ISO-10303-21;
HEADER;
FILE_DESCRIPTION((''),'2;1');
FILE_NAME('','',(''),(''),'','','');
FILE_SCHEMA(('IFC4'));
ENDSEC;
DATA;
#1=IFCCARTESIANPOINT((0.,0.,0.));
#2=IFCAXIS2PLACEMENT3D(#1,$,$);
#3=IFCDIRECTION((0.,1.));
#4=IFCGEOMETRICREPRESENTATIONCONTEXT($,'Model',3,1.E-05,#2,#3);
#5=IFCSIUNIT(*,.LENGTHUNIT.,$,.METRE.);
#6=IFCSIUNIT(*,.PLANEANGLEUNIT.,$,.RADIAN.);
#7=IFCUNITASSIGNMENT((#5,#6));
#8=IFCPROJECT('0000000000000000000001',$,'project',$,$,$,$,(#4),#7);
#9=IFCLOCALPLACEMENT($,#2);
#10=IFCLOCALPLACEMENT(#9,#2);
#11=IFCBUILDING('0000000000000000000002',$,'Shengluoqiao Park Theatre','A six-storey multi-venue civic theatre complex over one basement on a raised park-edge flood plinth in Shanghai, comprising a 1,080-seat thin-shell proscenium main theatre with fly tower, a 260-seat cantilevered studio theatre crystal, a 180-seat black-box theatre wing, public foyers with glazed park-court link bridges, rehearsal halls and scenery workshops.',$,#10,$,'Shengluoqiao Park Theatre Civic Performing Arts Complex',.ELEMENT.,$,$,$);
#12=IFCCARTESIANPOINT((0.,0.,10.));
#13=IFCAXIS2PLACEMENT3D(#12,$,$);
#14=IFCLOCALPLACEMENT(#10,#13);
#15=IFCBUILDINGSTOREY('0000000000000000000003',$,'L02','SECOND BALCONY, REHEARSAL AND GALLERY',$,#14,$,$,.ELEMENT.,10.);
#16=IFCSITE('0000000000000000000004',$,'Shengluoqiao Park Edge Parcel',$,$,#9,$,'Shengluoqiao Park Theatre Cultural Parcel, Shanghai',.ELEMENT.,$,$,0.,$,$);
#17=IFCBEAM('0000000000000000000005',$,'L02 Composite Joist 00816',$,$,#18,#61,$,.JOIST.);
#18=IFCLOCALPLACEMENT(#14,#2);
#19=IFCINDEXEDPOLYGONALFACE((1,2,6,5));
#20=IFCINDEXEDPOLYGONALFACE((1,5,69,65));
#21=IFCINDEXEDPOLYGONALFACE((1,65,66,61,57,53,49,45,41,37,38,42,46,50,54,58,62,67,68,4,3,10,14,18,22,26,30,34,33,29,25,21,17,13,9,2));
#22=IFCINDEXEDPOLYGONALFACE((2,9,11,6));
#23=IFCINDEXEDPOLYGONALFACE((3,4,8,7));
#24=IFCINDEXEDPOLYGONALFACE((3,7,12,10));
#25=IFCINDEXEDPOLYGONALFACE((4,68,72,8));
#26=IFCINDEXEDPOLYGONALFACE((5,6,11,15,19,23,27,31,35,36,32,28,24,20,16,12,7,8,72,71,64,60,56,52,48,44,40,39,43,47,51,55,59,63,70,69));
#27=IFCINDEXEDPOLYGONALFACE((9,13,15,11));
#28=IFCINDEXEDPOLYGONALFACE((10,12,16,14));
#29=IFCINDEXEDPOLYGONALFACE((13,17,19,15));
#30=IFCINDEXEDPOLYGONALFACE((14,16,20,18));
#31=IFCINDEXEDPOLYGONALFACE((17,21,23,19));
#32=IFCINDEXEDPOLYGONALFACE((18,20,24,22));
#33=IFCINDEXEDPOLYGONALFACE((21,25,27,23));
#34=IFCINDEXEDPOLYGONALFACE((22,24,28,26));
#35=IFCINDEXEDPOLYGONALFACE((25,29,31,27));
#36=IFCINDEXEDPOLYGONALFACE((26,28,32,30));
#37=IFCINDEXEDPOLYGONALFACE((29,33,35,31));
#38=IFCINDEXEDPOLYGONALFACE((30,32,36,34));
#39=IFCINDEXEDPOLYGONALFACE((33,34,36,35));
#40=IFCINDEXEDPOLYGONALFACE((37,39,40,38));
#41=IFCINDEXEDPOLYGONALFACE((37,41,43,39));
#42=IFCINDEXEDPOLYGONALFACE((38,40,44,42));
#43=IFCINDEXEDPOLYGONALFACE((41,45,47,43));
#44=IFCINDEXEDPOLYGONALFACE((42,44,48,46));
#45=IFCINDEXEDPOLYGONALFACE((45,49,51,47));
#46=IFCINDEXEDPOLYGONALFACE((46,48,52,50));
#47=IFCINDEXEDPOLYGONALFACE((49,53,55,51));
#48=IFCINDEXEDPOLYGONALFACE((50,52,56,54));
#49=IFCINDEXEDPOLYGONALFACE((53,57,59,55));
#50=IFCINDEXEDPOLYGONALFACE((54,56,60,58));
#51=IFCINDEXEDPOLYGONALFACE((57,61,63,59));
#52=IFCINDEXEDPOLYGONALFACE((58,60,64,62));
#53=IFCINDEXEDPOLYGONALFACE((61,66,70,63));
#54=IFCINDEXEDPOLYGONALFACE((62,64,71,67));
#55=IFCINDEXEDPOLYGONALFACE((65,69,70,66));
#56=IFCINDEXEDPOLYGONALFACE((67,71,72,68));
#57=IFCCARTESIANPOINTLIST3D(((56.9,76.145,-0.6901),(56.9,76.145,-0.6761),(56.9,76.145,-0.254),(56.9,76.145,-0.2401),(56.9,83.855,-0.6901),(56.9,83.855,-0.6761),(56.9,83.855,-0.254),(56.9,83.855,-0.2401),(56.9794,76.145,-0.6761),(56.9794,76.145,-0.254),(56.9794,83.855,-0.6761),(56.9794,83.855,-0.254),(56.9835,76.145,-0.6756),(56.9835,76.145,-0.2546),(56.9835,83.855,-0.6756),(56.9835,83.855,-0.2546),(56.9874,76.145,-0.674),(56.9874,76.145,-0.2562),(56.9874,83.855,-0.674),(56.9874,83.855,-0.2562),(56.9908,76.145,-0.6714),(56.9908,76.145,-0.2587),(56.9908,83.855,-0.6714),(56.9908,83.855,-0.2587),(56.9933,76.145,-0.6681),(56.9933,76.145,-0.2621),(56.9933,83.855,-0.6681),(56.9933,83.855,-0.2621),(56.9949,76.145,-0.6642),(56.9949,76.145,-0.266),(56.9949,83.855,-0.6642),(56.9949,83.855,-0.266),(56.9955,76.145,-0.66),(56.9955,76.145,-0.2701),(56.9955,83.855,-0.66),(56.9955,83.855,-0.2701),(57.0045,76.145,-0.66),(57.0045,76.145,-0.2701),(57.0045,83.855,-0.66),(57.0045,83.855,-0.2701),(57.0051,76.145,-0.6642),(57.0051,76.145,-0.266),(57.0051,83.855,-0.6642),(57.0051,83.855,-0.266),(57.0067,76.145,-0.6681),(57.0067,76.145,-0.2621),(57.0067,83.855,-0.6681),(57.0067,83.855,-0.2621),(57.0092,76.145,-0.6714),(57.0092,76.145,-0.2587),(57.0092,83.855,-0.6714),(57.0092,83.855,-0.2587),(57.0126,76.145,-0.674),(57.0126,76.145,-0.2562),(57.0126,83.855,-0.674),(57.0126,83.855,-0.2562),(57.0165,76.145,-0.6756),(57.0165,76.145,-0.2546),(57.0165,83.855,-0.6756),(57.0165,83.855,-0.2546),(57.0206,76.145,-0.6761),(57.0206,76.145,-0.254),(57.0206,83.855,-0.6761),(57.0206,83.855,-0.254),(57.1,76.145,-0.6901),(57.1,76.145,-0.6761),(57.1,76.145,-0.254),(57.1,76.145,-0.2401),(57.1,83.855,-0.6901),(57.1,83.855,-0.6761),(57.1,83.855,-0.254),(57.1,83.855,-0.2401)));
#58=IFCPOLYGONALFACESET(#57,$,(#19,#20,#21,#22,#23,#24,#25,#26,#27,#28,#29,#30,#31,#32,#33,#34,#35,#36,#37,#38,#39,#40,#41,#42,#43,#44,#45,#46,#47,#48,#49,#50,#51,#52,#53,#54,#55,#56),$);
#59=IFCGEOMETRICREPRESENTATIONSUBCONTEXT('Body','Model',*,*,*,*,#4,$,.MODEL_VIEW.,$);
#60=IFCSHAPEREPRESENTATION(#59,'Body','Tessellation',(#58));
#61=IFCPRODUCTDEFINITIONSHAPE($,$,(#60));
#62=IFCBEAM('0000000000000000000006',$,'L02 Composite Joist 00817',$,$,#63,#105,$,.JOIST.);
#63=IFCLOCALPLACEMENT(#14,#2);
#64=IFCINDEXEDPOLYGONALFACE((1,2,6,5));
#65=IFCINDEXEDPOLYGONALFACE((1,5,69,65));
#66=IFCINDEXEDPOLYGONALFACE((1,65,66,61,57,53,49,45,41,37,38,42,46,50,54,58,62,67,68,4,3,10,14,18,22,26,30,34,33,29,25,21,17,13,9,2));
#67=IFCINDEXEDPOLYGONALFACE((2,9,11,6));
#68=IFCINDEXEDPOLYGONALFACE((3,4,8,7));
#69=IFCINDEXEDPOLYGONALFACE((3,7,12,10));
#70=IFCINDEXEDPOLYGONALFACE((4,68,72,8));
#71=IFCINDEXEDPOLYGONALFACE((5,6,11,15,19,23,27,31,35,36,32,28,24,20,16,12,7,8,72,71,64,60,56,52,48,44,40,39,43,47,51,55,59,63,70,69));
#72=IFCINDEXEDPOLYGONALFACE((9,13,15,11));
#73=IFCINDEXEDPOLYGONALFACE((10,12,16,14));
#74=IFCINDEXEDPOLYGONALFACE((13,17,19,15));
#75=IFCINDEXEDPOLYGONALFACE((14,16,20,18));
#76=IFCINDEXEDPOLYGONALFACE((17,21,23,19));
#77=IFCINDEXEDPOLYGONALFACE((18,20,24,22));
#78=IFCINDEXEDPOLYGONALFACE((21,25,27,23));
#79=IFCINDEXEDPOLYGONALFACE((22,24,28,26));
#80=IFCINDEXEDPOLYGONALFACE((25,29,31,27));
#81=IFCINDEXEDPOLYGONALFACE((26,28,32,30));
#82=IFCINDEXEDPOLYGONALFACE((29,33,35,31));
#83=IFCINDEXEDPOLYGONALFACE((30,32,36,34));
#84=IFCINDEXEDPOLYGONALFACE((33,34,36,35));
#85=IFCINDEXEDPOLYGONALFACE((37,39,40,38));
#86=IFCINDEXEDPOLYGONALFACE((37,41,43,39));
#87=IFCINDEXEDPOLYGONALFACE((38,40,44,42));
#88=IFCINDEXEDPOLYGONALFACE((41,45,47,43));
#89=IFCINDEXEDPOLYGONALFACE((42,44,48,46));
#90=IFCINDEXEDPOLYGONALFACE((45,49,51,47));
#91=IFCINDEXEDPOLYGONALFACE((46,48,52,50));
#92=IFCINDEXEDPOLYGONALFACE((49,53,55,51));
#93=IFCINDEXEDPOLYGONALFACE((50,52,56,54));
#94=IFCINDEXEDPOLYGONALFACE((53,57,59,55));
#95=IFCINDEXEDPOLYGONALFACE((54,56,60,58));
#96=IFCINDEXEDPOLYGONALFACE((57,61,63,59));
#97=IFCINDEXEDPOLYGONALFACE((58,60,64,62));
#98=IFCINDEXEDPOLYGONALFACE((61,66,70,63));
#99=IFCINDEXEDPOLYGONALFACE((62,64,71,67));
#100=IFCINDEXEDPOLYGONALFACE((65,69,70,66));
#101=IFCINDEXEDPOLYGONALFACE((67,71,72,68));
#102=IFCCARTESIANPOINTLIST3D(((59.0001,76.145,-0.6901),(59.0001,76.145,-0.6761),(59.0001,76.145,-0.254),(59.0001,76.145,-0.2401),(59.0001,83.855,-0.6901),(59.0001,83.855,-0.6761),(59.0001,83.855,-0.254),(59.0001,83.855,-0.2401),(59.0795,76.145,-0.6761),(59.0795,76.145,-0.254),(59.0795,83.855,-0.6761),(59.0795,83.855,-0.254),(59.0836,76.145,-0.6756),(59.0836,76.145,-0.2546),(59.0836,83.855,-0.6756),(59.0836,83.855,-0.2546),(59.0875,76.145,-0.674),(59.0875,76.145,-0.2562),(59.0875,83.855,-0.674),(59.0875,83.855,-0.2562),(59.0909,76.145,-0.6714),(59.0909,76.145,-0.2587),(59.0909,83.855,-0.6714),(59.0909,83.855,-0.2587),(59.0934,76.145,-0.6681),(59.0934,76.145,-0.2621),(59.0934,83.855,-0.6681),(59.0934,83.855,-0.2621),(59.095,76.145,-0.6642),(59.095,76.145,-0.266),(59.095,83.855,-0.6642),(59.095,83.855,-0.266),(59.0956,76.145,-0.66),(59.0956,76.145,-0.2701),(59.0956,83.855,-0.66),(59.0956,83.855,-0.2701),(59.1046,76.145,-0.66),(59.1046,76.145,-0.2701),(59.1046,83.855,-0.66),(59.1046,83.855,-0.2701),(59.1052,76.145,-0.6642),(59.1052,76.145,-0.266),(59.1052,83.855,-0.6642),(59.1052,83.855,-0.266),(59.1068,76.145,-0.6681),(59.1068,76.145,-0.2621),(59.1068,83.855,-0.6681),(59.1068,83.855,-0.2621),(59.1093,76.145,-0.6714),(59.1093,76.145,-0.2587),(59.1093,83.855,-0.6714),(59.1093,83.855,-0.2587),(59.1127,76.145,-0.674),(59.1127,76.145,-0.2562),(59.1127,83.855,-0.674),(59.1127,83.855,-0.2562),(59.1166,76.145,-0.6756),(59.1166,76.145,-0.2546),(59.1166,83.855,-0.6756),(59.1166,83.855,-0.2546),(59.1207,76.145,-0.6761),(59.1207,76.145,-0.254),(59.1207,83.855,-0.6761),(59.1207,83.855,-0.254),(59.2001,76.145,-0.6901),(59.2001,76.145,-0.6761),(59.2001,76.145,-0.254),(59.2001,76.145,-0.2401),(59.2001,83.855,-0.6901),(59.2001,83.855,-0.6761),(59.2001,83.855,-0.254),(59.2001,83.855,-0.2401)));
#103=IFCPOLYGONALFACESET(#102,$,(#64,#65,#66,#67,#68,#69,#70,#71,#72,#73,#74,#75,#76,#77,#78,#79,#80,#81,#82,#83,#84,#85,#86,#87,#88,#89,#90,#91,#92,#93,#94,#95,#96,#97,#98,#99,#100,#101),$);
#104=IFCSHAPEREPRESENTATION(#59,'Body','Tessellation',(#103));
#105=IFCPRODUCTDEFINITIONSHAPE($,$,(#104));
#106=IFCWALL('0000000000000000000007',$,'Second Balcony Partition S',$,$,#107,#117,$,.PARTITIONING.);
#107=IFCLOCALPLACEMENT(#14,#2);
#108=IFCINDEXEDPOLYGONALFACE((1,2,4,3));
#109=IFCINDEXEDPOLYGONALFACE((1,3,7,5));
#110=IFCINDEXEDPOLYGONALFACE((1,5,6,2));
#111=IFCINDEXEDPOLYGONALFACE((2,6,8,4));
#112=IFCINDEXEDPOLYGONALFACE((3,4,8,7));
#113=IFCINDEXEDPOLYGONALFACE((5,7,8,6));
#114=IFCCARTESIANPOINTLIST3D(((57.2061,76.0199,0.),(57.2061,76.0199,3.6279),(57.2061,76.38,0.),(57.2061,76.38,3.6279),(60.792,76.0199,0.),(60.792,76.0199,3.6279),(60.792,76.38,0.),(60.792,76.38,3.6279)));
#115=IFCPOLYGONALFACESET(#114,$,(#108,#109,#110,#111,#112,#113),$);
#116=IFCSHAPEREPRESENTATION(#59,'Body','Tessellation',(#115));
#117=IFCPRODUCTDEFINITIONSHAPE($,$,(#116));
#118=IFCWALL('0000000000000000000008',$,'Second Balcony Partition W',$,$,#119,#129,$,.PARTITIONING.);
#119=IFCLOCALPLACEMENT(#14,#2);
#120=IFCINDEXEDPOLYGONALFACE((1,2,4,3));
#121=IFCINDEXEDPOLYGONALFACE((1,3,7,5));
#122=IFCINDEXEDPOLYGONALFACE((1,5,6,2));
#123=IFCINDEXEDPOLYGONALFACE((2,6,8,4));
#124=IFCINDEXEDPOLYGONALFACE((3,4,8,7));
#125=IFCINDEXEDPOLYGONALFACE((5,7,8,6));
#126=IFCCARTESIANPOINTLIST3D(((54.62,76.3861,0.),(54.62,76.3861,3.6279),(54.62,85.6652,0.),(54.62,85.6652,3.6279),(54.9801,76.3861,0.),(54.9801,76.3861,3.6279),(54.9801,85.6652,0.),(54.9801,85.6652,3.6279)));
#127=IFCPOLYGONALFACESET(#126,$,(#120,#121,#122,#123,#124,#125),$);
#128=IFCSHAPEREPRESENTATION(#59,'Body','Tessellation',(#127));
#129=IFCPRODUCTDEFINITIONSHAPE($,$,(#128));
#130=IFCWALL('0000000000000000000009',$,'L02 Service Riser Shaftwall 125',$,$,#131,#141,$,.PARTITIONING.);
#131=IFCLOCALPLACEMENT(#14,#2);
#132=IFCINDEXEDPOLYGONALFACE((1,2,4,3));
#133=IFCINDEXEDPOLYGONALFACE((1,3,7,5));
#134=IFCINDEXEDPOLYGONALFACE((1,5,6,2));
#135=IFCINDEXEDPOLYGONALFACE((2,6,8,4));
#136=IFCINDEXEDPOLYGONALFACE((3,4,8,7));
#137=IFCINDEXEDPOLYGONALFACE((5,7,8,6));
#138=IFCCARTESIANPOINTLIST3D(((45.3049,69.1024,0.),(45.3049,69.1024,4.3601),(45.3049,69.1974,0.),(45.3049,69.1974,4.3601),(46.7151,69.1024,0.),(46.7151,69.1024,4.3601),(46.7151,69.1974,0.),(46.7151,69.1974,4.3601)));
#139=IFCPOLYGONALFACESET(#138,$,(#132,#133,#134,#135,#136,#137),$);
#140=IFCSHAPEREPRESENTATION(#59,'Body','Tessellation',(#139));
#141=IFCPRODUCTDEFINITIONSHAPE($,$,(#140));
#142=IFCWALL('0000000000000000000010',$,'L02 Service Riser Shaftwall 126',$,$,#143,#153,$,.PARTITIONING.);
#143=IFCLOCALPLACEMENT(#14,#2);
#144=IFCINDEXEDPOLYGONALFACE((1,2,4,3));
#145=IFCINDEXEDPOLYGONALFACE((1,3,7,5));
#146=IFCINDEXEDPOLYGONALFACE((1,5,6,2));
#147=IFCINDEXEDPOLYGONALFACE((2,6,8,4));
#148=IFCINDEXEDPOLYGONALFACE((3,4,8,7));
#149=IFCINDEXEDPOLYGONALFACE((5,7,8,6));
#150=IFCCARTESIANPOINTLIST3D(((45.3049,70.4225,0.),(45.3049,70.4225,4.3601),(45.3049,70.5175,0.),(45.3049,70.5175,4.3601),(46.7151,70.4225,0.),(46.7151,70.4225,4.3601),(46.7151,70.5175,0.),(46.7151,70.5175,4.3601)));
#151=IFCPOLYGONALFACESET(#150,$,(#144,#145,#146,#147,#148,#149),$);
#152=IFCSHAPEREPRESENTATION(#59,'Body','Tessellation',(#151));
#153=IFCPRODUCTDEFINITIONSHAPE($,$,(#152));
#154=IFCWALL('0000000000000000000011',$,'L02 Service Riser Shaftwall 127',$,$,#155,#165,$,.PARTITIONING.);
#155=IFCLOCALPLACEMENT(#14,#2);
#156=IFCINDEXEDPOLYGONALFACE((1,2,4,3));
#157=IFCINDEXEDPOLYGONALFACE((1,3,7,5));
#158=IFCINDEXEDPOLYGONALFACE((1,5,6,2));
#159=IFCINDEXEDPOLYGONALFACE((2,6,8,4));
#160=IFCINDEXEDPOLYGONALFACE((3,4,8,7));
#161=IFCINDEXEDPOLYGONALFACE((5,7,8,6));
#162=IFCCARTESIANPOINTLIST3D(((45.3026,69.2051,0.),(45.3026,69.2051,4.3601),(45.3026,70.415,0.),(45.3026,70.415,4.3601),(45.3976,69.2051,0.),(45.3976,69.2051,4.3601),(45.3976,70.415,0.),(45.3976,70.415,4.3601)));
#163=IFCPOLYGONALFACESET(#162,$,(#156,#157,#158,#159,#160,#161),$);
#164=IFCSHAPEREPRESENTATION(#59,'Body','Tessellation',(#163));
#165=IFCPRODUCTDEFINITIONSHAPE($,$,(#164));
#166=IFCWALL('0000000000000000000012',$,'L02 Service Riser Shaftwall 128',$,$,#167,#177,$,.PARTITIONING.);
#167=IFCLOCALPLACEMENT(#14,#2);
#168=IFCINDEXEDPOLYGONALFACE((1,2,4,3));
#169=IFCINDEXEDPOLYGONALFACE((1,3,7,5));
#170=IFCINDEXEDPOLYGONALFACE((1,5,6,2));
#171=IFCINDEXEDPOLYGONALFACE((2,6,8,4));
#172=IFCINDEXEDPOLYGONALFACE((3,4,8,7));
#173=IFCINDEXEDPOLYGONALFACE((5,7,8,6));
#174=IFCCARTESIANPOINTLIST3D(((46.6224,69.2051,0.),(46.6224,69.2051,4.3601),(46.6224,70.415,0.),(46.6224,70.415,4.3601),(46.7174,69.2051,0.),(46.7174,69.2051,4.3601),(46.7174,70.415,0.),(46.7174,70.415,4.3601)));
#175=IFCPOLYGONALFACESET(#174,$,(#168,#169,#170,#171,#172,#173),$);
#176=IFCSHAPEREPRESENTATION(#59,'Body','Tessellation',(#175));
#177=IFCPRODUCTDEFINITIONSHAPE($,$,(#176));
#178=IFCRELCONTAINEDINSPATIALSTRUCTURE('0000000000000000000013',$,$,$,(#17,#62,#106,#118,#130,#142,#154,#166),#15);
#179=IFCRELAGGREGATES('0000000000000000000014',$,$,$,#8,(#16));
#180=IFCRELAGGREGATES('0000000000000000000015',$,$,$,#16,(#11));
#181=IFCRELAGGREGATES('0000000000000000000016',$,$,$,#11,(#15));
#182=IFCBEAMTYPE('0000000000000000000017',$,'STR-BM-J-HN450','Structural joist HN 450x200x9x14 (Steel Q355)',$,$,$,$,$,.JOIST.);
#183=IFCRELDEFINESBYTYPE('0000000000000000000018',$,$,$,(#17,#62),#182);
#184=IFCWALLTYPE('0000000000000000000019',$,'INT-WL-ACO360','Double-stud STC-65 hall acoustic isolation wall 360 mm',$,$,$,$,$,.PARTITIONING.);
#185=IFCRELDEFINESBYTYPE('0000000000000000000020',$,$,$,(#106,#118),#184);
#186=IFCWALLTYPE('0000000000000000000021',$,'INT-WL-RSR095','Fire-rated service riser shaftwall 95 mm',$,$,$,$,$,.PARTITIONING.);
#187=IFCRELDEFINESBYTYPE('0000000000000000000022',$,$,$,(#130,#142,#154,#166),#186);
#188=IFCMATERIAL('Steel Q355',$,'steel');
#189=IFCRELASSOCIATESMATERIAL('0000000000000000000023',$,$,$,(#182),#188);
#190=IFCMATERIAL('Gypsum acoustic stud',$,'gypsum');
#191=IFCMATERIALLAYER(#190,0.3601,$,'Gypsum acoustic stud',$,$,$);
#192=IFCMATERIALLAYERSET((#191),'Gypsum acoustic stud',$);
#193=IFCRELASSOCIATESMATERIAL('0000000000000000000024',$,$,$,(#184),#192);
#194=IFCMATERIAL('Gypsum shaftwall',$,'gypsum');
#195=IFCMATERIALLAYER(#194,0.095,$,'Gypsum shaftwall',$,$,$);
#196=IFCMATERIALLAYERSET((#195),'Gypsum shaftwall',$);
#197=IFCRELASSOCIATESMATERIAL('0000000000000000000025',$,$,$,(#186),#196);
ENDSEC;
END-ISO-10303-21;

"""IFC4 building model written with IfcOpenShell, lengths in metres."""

from ifc_helpers import new_model, si_unit, direction, frame, frame_2d, origin, origin_2d, place, context, subcontext, project, spatial, rectangle, i_section, extrude, material, layer, layer_set, material_profile, profile_set, type_object, element, save


model = new_model("IFC4")

# Units and contexts
model_context = context("Model", 3, precision=1e-05, world=origin(), true_north=direction((0.0, 1.0)))
body_context = subcontext(model_context, "Body", "Model", "MODEL_VIEW")
ifc_project = project(units=[si_unit("LENGTHUNIT", "METRE"), si_unit("PLANEANGLEUNIT", "RADIAN")], contexts=[model_context])

# Site, building, storey
site_placement = place(None, origin())
site = spatial("IfcSite", under=ifc_project, at=site_placement, Name="Shengluoqiao Park Edge Parcel", LongName="Shengluoqiao Park Theatre Cultural Parcel, Shanghai", CompositionType="ELEMENT", RefElevation=0.0)
building_placement = place(site_placement, origin())
building = spatial("IfcBuilding", under=site, at=building_placement, Name="Shengluoqiao Park Theatre", Description="A six-storey multi-venue civic theatre complex over one basement on a raised park-edge flood plinth in Shanghai, comprising a 1,080-seat thin-shell proscenium main theatre with fly tower, a 260-seat cantilevered studio theatre crystal, a 180-seat black-box theatre wing, public foyers with glazed park-court link bridges, rehearsal halls and scenery workshops.", LongName="Shengluoqiao Park Theatre Civic Performing Arts Complex", CompositionType="ELEMENT")
storey_placement = place(building_placement, frame((0.0, 0.0, 10.0)))
storey = spatial("IfcBuildingStorey", under=building, at=storey_placement, Name="L02", Description="SECOND BALCONY, REHEARSAL AND GALLERY", CompositionType="ELEMENT", Elevation=10.0)

# Beams
ifc_material_1 = material(Name="Steel Q355", Category="steel")
ifc_material_profile_1 = material_profile(ifc_material_1, i_section(OverallWidth=0.2, OverallDepth=0.45, WebThickness=0.009, FlangeThickness=0.0139, FilletRadius=0.0161, at=origin_2d()), Name="HN 450x200x9x14")
ifc_profile_set_1 = profile_set([ifc_material_profile_1], Name="Steel Q355")
beam_type_1 = type_object("IfcBeamType", Name="STR-BM-J-HN450", Description="Structural joist HN 450x200x9x14 (Steel Q355)", PredefinedType="JOIST", material=ifc_profile_set_1)
for number, where, z_axis, x_axis, name in (
    (1, (57.0, 76.145, -0.4651), (0.0, 1.0, 0.0), (-1.0, 0.0, 0.0), "L02 Composite Joist 00816"),
    (2, (59.1001, 76.145, -0.4651), (0.0, 1.0, 0.0), (-1.0, 0.0, 0.0), "L02 Composite Joist 00817"),
):
    element("IfcBeam", number, at=place(storey_placement, frame(where, z_axis=z_axis, x_axis=x_axis)), inside=storey, type_object=beam_type_1, Name=name, PredefinedType="JOIST", context=body_context, shape_type="SweptSolid", body=[
        extrude(i_section(OverallWidth=0.2, OverallDepth=0.45, WebThickness=0.009, FlangeThickness=0.0139, FilletRadius=0.0161, at=origin_2d()), origin(), (0.0, 0.0, 1.0), 7.71),
    ])

# Shared definitions
ifc_material_2 = material(Name="Gypsum acoustic stud", Category="gypsum")
ifc_layer_1 = layer(ifc_material_2, 0.3601, Name="Gypsum acoustic stud")
ifc_layer_set_1 = layer_set([ifc_layer_1], Name="Gypsum acoustic stud")
wall_type_1 = type_object("IfcWallType", Name="INT-WL-ACO360", Description="Double-stud STC-65 hall acoustic isolation wall 360 mm", PredefinedType="PARTITIONING", material=ifc_layer_set_1)

# Walls
wall_1_placement = place(storey_placement, frame((57.2061, 76.2, 0.0), z_axis=(0.0, 0.0, 1.0), x_axis=(1.0, 0.0, 0.0)))
element("IfcWall", 3, at=wall_1_placement, inside=storey, type_object=wall_type_1, Name="Second Balcony Partition S", PredefinedType="PARTITIONING", context=body_context, shape_type="SweptSolid", body=[
    extrude(rectangle(XDim=3.5859, YDim=0.3601, at=frame_2d((1.793, 0.0))), origin(), (0.0, 0.0, 1.0), 3.6279),
])
wall_2_placement = place(storey_placement, frame((54.8, 76.386, 0.0), z_axis=(0.0, 0.0, 1.0), x_axis=(0.0, 1.0, 0.0)))
element("IfcWall", 4, at=wall_2_placement, inside=storey, type_object=wall_type_1, Name="Second Balcony Partition W", PredefinedType="PARTITIONING", context=body_context, shape_type="SweptSolid", body=[
    extrude(rectangle(XDim=9.2791, YDim=0.3601, at=frame_2d((4.6396, 0.0))), origin(), (0.0, 0.0, 1.0), 3.6279),
])
ifc_material_3 = material(Name="Gypsum shaftwall", Category="gypsum")
ifc_layer_2 = layer(ifc_material_3, 0.095, Name="Gypsum shaftwall")
ifc_layer_set_2 = layer_set([ifc_layer_2], Name="Gypsum shaftwall")
wall_type_2 = type_object("IfcWallType", Name="INT-WL-RSR095", Description="Fire-rated service riser shaftwall 95 mm", PredefinedType="PARTITIONING", material=ifc_layer_set_2)
for number, where, z_axis, x_axis, name in (
    (5, (45.3049, 69.1499, 0.0), (0.0, 0.0, 1.0), (1.0, 0.0, 0.0), "L02 Service Riser Shaftwall 125"),
    (6, (45.3049, 70.47, 0.0), (0.0, 0.0, 1.0), (1.0, 0.0, 0.0), "L02 Service Riser Shaftwall 126"),
):
    element("IfcWall", number, at=place(storey_placement, frame(where, z_axis=z_axis, x_axis=x_axis)), inside=storey, type_object=wall_type_2, Name=name, PredefinedType="PARTITIONING", context=body_context, shape_type="SweptSolid", body=[
        extrude(rectangle(XDim=1.4102, YDim=0.095, at=frame_2d((0.7051, 0.0))), origin(), (0.0, 0.0, 1.0), 4.3601),
    ])
for number, where, z_axis, x_axis, name in (
    (7, (45.3501, 69.2051, 0.0), (0.0, 0.0, 1.0), (0.0, 1.0, 0.0), "L02 Service Riser Shaftwall 127"),
    (8, (46.6699, 69.2051, 0.0), (0.0, 0.0, 1.0), (0.0, 1.0, 0.0), "L02 Service Riser Shaftwall 128"),
):
    element("IfcWall", number, at=place(storey_placement, frame(where, z_axis=z_axis, x_axis=x_axis)), inside=storey, type_object=wall_type_2, Name=name, PredefinedType="PARTITIONING", context=body_context, shape_type="SweptSolid", body=[
        extrude(rectangle(XDim=1.21, YDim=0.095, at=frame_2d((0.605, 0.0))), origin(), (0.0, 0.0, 1.0), 4.3601),
    ])

save(model, "model.ifc")
